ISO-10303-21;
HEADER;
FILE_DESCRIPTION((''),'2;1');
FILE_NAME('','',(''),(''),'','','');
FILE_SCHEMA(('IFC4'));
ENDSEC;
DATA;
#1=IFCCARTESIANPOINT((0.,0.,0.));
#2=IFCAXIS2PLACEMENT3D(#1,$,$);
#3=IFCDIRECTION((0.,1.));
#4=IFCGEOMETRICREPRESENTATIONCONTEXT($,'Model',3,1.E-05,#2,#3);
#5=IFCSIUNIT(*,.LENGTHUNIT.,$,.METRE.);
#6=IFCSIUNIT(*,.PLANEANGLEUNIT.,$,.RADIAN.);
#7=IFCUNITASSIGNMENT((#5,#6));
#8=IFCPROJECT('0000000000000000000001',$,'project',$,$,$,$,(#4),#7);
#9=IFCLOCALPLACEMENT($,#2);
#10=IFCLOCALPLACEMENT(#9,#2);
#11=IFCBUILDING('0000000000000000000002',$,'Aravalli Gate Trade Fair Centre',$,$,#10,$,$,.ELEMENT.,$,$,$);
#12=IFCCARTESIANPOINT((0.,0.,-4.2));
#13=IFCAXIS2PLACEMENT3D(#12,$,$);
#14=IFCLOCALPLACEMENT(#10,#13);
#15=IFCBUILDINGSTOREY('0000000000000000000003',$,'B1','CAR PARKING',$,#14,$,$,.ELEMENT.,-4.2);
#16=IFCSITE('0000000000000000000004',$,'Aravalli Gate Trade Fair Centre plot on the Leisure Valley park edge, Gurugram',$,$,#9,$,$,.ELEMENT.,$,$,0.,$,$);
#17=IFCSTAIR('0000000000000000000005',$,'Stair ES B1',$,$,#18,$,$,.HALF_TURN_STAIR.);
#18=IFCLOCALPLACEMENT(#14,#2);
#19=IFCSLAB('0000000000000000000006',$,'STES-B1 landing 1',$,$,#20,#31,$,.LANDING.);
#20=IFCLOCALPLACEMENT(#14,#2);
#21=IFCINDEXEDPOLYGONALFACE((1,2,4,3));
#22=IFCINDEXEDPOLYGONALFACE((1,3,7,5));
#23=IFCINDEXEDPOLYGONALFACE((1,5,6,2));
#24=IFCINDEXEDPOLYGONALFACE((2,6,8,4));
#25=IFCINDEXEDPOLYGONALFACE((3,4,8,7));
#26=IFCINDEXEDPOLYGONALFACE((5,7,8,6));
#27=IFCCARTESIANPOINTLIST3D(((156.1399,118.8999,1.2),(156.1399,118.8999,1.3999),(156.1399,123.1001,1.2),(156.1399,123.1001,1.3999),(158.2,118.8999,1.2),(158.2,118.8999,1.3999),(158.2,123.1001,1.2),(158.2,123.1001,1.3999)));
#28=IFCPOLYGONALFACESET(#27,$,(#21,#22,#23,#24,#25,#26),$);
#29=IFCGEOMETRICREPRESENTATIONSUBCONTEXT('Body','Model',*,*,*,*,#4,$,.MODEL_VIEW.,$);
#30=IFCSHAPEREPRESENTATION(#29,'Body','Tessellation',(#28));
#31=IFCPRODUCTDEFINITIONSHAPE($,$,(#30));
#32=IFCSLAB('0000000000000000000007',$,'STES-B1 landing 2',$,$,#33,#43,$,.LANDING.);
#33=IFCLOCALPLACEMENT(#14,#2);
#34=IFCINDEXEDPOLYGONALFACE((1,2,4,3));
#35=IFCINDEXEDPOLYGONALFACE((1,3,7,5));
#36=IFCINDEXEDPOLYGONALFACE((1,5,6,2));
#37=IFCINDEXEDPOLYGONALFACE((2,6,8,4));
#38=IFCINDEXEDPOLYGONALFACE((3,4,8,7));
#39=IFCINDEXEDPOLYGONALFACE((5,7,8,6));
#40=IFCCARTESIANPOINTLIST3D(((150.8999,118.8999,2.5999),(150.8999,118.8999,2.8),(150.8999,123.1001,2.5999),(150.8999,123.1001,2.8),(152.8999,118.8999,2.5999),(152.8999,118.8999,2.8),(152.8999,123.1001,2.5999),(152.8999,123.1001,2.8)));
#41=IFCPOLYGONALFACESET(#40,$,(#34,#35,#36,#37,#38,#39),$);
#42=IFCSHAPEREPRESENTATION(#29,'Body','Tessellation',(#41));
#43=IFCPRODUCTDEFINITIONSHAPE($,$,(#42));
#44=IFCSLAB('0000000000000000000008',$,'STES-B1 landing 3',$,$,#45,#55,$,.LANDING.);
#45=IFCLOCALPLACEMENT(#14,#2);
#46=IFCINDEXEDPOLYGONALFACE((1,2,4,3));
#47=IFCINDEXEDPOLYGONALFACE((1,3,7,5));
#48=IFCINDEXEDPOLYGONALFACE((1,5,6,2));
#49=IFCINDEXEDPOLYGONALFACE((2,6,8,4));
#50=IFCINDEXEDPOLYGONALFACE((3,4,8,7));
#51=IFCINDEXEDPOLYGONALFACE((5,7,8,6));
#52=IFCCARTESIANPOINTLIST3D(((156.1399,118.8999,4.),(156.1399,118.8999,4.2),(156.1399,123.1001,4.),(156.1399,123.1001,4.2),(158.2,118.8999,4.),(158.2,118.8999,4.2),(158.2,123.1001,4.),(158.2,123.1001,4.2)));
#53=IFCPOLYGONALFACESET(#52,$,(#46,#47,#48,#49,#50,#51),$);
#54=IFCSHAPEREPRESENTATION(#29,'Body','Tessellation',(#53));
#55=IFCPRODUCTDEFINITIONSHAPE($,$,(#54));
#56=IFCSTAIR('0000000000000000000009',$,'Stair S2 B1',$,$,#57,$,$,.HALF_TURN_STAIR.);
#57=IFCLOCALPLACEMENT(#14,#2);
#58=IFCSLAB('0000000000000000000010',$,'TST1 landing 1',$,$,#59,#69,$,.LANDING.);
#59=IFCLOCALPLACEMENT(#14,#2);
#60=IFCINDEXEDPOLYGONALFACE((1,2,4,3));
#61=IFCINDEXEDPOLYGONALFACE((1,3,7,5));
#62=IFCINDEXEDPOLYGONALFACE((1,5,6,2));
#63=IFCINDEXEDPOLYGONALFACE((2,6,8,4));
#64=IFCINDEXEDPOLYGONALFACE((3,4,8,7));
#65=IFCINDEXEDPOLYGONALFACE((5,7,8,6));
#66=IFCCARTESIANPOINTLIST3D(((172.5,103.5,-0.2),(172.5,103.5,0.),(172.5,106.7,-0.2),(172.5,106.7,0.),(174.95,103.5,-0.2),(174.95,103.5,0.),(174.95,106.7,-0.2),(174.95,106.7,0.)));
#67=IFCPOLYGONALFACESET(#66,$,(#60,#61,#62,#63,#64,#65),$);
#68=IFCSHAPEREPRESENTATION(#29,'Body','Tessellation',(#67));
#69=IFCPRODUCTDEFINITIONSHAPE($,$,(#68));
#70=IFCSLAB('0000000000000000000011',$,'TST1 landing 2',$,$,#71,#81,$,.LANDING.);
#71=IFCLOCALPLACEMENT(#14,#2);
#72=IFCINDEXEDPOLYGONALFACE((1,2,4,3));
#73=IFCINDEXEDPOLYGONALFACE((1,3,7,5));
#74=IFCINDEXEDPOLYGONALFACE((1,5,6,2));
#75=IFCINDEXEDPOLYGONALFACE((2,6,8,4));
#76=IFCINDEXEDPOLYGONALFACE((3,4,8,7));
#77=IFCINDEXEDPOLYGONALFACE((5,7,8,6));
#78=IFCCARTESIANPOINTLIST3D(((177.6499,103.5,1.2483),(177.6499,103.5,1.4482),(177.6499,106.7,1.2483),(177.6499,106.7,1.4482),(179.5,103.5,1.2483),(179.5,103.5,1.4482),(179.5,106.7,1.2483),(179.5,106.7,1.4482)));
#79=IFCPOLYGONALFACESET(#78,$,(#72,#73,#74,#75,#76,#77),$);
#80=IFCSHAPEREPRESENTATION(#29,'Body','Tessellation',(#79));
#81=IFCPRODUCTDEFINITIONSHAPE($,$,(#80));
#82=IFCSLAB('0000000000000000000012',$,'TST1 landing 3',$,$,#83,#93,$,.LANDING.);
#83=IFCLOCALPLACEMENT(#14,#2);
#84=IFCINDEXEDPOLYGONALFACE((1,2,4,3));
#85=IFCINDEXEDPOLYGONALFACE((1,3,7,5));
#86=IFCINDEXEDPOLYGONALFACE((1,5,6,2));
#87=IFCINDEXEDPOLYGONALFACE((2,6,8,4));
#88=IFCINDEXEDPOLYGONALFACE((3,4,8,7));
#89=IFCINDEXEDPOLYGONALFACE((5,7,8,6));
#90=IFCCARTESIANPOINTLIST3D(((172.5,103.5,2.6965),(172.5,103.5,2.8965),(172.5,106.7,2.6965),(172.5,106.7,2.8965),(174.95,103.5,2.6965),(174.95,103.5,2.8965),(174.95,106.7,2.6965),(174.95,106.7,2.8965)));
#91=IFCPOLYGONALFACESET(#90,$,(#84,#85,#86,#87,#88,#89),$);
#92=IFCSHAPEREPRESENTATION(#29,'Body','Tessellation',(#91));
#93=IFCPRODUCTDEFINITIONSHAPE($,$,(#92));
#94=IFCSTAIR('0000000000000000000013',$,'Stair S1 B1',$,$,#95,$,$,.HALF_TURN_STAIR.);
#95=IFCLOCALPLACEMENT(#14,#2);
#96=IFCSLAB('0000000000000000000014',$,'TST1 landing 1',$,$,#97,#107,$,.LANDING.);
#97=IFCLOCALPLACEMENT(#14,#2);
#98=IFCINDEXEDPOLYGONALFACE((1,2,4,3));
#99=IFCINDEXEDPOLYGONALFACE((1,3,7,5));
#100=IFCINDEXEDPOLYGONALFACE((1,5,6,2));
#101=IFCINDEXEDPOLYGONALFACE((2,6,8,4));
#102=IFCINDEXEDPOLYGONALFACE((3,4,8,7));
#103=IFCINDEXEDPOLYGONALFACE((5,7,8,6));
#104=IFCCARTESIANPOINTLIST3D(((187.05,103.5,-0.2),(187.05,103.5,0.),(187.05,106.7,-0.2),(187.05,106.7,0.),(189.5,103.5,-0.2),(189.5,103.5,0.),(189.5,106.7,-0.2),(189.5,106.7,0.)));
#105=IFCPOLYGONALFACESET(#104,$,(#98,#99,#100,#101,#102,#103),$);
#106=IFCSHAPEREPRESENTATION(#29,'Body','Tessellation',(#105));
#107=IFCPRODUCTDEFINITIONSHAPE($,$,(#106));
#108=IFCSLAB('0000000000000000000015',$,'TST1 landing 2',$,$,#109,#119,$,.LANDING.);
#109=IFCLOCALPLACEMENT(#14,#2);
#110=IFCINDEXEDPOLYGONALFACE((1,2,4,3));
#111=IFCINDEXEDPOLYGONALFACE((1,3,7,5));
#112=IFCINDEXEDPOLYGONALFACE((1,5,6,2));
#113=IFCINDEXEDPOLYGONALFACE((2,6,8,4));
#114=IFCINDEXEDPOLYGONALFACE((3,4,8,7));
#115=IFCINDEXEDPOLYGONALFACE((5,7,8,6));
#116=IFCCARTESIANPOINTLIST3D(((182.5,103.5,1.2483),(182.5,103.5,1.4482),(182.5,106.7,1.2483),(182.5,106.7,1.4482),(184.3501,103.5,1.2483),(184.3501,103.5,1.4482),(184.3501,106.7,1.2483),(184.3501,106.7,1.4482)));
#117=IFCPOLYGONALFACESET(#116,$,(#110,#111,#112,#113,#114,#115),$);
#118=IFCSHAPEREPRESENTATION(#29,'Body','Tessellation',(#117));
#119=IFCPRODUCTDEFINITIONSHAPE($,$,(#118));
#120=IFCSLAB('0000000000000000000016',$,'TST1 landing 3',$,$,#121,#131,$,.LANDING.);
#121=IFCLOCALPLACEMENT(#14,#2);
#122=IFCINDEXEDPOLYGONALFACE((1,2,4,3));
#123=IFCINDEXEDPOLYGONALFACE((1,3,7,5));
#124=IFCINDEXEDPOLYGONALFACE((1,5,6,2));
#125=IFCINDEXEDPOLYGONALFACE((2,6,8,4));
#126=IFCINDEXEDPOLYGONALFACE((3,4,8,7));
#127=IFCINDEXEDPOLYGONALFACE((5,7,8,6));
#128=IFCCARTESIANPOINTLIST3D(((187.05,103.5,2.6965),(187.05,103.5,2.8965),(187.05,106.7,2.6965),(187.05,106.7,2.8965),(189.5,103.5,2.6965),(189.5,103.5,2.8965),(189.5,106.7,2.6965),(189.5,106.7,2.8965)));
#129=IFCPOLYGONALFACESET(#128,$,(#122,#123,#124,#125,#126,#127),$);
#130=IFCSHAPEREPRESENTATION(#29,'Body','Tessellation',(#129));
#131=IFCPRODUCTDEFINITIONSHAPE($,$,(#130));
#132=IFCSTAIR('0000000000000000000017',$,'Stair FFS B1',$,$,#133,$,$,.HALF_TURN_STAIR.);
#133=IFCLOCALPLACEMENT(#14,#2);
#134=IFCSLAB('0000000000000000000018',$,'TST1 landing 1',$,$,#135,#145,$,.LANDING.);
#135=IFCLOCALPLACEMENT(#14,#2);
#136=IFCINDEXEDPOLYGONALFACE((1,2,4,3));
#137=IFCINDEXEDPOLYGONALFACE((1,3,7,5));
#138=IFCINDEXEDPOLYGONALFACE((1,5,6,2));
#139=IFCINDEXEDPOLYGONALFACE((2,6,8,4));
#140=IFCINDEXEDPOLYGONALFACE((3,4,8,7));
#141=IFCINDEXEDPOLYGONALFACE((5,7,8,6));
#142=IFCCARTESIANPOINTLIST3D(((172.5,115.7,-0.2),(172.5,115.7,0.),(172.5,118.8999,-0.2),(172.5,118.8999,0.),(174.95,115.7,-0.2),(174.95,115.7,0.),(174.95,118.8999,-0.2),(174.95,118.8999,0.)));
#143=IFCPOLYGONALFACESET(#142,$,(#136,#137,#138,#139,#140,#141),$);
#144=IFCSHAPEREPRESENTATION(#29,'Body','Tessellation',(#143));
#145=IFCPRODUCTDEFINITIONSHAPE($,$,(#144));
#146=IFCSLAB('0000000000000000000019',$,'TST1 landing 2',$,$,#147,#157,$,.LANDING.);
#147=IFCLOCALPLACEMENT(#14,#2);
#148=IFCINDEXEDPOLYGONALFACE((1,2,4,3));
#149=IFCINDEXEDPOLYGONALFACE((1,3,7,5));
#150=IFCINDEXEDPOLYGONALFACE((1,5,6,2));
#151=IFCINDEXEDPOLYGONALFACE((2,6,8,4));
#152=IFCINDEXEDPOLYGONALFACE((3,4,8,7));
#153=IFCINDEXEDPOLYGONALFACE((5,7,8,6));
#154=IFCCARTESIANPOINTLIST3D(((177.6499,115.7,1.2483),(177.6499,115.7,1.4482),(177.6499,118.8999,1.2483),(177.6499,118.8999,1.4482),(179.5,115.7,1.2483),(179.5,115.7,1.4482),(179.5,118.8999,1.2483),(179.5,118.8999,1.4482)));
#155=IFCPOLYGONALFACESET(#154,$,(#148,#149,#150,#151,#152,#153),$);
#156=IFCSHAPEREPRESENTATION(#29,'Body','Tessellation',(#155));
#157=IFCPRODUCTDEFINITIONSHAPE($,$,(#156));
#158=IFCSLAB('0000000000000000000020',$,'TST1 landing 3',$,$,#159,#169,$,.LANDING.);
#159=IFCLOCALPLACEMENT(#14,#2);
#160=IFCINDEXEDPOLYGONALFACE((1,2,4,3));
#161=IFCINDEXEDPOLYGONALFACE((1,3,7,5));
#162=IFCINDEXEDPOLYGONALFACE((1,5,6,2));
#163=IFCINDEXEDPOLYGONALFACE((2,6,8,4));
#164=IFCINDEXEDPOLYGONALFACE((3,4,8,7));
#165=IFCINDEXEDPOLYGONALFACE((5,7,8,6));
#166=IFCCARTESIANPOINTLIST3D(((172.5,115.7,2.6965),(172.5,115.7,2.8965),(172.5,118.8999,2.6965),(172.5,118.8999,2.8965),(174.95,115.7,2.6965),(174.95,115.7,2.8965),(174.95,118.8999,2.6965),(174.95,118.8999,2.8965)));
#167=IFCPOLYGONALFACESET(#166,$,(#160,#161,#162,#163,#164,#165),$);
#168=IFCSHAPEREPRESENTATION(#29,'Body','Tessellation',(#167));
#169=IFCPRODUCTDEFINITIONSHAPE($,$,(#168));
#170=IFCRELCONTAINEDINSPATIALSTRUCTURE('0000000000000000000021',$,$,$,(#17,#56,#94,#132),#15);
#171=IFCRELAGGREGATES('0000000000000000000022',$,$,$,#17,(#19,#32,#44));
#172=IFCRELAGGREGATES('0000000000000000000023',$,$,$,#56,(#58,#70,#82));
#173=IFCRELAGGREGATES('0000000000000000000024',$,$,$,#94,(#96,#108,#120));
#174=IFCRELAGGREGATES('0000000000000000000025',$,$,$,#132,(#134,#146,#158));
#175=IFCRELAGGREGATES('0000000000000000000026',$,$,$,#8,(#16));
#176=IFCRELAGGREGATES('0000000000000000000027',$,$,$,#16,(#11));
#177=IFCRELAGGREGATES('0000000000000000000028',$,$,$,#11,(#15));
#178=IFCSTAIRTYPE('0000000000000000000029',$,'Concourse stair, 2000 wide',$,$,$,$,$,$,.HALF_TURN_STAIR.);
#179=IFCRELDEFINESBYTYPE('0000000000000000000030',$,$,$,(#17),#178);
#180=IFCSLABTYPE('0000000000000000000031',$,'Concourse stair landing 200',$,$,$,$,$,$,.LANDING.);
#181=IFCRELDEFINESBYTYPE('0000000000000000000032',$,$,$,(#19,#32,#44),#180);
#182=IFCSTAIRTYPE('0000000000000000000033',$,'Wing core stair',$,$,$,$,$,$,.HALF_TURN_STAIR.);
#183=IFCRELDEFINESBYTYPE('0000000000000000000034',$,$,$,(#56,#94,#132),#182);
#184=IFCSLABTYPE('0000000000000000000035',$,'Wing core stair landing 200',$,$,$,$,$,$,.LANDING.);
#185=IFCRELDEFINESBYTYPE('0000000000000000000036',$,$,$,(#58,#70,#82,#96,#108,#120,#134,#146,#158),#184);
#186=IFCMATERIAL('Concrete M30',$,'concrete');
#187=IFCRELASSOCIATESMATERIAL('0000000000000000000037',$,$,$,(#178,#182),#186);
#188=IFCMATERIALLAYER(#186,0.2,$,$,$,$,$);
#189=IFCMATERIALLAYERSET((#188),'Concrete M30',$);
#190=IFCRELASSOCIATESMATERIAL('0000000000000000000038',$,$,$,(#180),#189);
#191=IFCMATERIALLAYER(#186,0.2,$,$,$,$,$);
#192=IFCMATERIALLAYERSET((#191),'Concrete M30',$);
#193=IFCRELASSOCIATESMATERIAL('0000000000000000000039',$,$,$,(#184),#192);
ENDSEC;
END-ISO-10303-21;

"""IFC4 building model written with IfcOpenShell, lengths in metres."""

from ifc_helpers import new_model, si_unit, direction, frame, origin, place, context, subcontext, project, spatial, polyline, outline, extrude, material, layer, layer_set, type_object, element, aggregate, save


model = new_model("IFC4")

# Units and contexts
model_context = context("Model", 3, precision=1e-05, world=origin(), true_north=direction((0.0, 1.0)))
body_context = subcontext(model_context, "Body", "Model", "MODEL_VIEW")
ifc_project = project(units=[si_unit("LENGTHUNIT", "METRE"), si_unit("PLANEANGLEUNIT", "RADIAN")], contexts=[model_context])

# Site, building, storey
site_placement = place(None, origin())
site = spatial("IfcSite", under=ifc_project, at=site_placement, Name="Aravalli Gate Trade Fair Centre plot on the Leisure Valley park edge, Gurugram", CompositionType="ELEMENT", RefElevation=0.0)
building_placement = place(site_placement, origin())
building = spatial("IfcBuilding", under=site, at=building_placement, Name="Aravalli Gate Trade Fair Centre", CompositionType="ELEMENT")
storey_placement = place(building_placement, frame((0.0, 0.0, -4.2)))
storey = spatial("IfcBuildingStorey", under=building, at=storey_placement, Name="B1", Description="CAR PARKING", CompositionType="ELEMENT", Elevation=-4.2)

# Stairs, slabs
ifc_material_1 = material(Name="Concrete M30", Category="concrete")
stair_type_1 = type_object("IfcStairType", Name="Concourse stair, 2000 wide", PredefinedType="HALF_TURN_STAIR", material=ifc_material_1)
ifc_layer_1 = layer(ifc_material_1, 0.2)
ifc_layer_set_1 = layer_set([ifc_layer_1], Name="Concrete M30")
slab_type_1 = type_object("IfcSlabType", Name="Concourse stair landing 200", PredefinedType="LANDING", material=ifc_layer_set_1)
stair_1_placement = place(storey_placement, origin())
stair_1 = element("IfcStair", 1, at=stair_1_placement, inside=storey, type_object=stair_type_1, Name="Stair ES B1", PredefinedType="HALF_TURN_STAIR")
slab_1_placement = place(storey_placement, frame((0.0, 0.0, 1.2)))
slab_1 = element("IfcSlab", 2, at=slab_1_placement, type_object=slab_type_1, Name="STES-B1 landing 1", PredefinedType="LANDING", context=body_context, shape_type="SweptSolid", body=[
    extrude(outline(polyline([(156.1399, 118.8999), (158.2, 118.8999), (158.2, 123.1001), (156.1399, 123.1001), (156.1399, 118.8999)])), origin(), (0.0, 0.0, 1.0), 0.2),
])
slab_2_placement = place(storey_placement, frame((0.0, 0.0, 2.5999)))
slab_2 = element("IfcSlab", 3, at=slab_2_placement, type_object=slab_type_1, Name="STES-B1 landing 2", PredefinedType="LANDING", context=body_context, shape_type="SweptSolid", body=[
    extrude(outline(polyline([(150.8999, 118.8999), (152.8999, 118.8999), (152.8999, 123.1001), (150.8999, 123.1001), (150.8999, 118.8999)])), origin(), (0.0, 0.0, 1.0), 0.2002),
])
slab_3_placement = place(storey_placement, frame((0.0, 0.0, 4.0)))
slab_3 = element("IfcSlab", 4, at=slab_3_placement, type_object=slab_type_1, Name="STES-B1 landing 3", PredefinedType="LANDING", context=body_context, shape_type="SweptSolid", body=[
    extrude(outline(polyline([(156.1399, 118.8999), (158.2, 118.8999), (158.2, 123.1001), (156.1399, 123.1001), (156.1399, 118.8999)])), origin(), (0.0, 0.0, 1.0), 0.2),
])
aggregate(stair_1, [slab_1, slab_2, slab_3])
stair_type_2 = type_object("IfcStairType", Name="Wing core stair", PredefinedType="HALF_TURN_STAIR", material=ifc_material_1)
stair_2_placement = place(storey_placement, origin())
stair_2 = element("IfcStair", 5, at=stair_2_placement, inside=storey, type_object=stair_type_2, Name="Stair S2 B1", PredefinedType="HALF_TURN_STAIR")
ifc_layer_2 = layer(ifc_material_1, 0.2)
ifc_layer_set_2 = layer_set([ifc_layer_2], Name="Concrete M30")
slab_type_2 = type_object("IfcSlabType", Name="Wing core stair landing 200", PredefinedType="LANDING", material=ifc_layer_set_2)
slab_4_placement = place(storey_placement, frame((0.0, 0.0, -0.2)))
slab_4 = element("IfcSlab", 6, at=slab_4_placement, type_object=slab_type_2, Name="TST1 landing 1", PredefinedType="LANDING", context=body_context, shape_type="SweptSolid", body=[
    extrude(outline(polyline([(172.5, 103.5), (174.95, 103.5), (174.95, 106.7), (172.5, 106.7), (172.5, 103.5)])), origin(), (0.0, 0.0, 1.0), 0.2),
])
slab_5_placement = place(storey_placement, frame((0.0, 0.0, 1.2483)))
slab_5 = element("IfcSlab", 7, at=slab_5_placement, type_object=slab_type_2, Name="TST1 landing 2", PredefinedType="LANDING", context=body_context, shape_type="SweptSolid", body=[
    extrude(outline(polyline([(177.6499, 103.5), (179.5, 103.5), (179.5, 106.7), (177.6499, 106.7), (177.6499, 103.5)])), origin(), (0.0, 0.0, 1.0), 0.2),
])
slab_6_placement = place(storey_placement, frame((0.0, 0.0, 2.6965)))
slab_6 = element("IfcSlab", 8, at=slab_6_placement, type_object=slab_type_2, Name="TST1 landing 3", PredefinedType="LANDING", context=body_context, shape_type="SweptSolid", body=[
    extrude(outline(polyline([(172.5, 103.5), (174.95, 103.5), (174.95, 106.7), (172.5, 106.7), (172.5, 103.5)])), origin(), (0.0, 0.0, 1.0), 0.2),
])
aggregate(stair_2, [slab_4, slab_5, slab_6])
stair_3_placement = place(storey_placement, origin())
stair_3 = element("IfcStair", 9, at=stair_3_placement, inside=storey, type_object=stair_type_2, Name="Stair S1 B1", PredefinedType="HALF_TURN_STAIR")
slab_7_placement = place(storey_placement, frame((0.0, 0.0, -0.2)))
slab_7 = element("IfcSlab", 10, at=slab_7_placement, type_object=slab_type_2, Name="TST1 landing 1", PredefinedType="LANDING", context=body_context, shape_type="SweptSolid", body=[
    extrude(outline(polyline([(187.05, 103.5), (189.5, 103.5), (189.5, 106.7), (187.05, 106.7), (187.05, 103.5)])), origin(), (0.0, 0.0, 1.0), 0.2),
])
slab_8_placement = place(storey_placement, frame((0.0, 0.0, 1.2483)))
slab_8 = element("IfcSlab", 11, at=slab_8_placement, type_object=slab_type_2, Name="TST1 landing 2", PredefinedType="LANDING", context=body_context, shape_type="SweptSolid", body=[
    extrude(outline(polyline([(182.5, 103.5), (184.3501, 103.5), (184.3501, 106.7), (182.5, 106.7), (182.5, 103.5)])), origin(), (0.0, 0.0, 1.0), 0.2),
])
slab_9_placement = place(storey_placement, frame((0.0, 0.0, 2.6965)))
slab_9 = element("IfcSlab", 12, at=slab_9_placement, type_object=slab_type_2, Name="TST1 landing 3", PredefinedType="LANDING", context=body_context, shape_type="SweptSolid", body=[
    extrude(outline(polyline([(187.05, 103.5), (189.5, 103.5), (189.5, 106.7), (187.05, 106.7), (187.05, 103.5)])), origin(), (0.0, 0.0, 1.0), 0.2),
])
aggregate(stair_3, [slab_7, slab_8, slab_9])
stair_4_placement = place(storey_placement, origin())
stair_4 = element("IfcStair", 13, at=stair_4_placement, inside=storey, type_object=stair_type_2, Name="Stair FFS B1", PredefinedType="HALF_TURN_STAIR")
slab_10_placement = place(storey_placement, frame((0.0, 0.0, -0.2)))
slab_10 = element("IfcSlab", 14, at=slab_10_placement, type_object=slab_type_2, Name="TST1 landing 1", PredefinedType="LANDING", context=body_context, shape_type="SweptSolid", body=[
    extrude(outline(polyline([(172.5, 115.7), (174.95, 115.7), (174.95, 118.8999), (172.5, 118.8999), (172.5, 115.7)])), origin(), (0.0, 0.0, 1.0), 0.2),
])
slab_11_placement = place(storey_placement, frame((0.0, 0.0, 1.2483)))
slab_11 = element("IfcSlab", 15, at=slab_11_placement, type_object=slab_type_2, Name="TST1 landing 2", PredefinedType="LANDING", context=body_context, shape_type="SweptSolid", body=[
    extrude(outline(polyline([(177.6499, 115.7), (179.5, 115.7), (179.5, 118.8999), (177.6499, 118.8999), (177.6499, 115.7)])), origin(), (0.0, 0.0, 1.0), 0.2),
])
slab_12_placement = place(storey_placement, frame((0.0, 0.0, 2.6965)))
slab_12 = element("IfcSlab", 16, at=slab_12_placement, type_object=slab_type_2, Name="TST1 landing 3", PredefinedType="LANDING", context=body_context, shape_type="SweptSolid", body=[
    extrude(outline(polyline([(172.5, 115.7), (174.95, 115.7), (174.95, 118.8999), (172.5, 118.8999), (172.5, 115.7)])), origin(), (0.0, 0.0, 1.0), 0.2),
])
aggregate(stair_4, [slab_10, slab_11, slab_12])

save(model, "model.ifc")
